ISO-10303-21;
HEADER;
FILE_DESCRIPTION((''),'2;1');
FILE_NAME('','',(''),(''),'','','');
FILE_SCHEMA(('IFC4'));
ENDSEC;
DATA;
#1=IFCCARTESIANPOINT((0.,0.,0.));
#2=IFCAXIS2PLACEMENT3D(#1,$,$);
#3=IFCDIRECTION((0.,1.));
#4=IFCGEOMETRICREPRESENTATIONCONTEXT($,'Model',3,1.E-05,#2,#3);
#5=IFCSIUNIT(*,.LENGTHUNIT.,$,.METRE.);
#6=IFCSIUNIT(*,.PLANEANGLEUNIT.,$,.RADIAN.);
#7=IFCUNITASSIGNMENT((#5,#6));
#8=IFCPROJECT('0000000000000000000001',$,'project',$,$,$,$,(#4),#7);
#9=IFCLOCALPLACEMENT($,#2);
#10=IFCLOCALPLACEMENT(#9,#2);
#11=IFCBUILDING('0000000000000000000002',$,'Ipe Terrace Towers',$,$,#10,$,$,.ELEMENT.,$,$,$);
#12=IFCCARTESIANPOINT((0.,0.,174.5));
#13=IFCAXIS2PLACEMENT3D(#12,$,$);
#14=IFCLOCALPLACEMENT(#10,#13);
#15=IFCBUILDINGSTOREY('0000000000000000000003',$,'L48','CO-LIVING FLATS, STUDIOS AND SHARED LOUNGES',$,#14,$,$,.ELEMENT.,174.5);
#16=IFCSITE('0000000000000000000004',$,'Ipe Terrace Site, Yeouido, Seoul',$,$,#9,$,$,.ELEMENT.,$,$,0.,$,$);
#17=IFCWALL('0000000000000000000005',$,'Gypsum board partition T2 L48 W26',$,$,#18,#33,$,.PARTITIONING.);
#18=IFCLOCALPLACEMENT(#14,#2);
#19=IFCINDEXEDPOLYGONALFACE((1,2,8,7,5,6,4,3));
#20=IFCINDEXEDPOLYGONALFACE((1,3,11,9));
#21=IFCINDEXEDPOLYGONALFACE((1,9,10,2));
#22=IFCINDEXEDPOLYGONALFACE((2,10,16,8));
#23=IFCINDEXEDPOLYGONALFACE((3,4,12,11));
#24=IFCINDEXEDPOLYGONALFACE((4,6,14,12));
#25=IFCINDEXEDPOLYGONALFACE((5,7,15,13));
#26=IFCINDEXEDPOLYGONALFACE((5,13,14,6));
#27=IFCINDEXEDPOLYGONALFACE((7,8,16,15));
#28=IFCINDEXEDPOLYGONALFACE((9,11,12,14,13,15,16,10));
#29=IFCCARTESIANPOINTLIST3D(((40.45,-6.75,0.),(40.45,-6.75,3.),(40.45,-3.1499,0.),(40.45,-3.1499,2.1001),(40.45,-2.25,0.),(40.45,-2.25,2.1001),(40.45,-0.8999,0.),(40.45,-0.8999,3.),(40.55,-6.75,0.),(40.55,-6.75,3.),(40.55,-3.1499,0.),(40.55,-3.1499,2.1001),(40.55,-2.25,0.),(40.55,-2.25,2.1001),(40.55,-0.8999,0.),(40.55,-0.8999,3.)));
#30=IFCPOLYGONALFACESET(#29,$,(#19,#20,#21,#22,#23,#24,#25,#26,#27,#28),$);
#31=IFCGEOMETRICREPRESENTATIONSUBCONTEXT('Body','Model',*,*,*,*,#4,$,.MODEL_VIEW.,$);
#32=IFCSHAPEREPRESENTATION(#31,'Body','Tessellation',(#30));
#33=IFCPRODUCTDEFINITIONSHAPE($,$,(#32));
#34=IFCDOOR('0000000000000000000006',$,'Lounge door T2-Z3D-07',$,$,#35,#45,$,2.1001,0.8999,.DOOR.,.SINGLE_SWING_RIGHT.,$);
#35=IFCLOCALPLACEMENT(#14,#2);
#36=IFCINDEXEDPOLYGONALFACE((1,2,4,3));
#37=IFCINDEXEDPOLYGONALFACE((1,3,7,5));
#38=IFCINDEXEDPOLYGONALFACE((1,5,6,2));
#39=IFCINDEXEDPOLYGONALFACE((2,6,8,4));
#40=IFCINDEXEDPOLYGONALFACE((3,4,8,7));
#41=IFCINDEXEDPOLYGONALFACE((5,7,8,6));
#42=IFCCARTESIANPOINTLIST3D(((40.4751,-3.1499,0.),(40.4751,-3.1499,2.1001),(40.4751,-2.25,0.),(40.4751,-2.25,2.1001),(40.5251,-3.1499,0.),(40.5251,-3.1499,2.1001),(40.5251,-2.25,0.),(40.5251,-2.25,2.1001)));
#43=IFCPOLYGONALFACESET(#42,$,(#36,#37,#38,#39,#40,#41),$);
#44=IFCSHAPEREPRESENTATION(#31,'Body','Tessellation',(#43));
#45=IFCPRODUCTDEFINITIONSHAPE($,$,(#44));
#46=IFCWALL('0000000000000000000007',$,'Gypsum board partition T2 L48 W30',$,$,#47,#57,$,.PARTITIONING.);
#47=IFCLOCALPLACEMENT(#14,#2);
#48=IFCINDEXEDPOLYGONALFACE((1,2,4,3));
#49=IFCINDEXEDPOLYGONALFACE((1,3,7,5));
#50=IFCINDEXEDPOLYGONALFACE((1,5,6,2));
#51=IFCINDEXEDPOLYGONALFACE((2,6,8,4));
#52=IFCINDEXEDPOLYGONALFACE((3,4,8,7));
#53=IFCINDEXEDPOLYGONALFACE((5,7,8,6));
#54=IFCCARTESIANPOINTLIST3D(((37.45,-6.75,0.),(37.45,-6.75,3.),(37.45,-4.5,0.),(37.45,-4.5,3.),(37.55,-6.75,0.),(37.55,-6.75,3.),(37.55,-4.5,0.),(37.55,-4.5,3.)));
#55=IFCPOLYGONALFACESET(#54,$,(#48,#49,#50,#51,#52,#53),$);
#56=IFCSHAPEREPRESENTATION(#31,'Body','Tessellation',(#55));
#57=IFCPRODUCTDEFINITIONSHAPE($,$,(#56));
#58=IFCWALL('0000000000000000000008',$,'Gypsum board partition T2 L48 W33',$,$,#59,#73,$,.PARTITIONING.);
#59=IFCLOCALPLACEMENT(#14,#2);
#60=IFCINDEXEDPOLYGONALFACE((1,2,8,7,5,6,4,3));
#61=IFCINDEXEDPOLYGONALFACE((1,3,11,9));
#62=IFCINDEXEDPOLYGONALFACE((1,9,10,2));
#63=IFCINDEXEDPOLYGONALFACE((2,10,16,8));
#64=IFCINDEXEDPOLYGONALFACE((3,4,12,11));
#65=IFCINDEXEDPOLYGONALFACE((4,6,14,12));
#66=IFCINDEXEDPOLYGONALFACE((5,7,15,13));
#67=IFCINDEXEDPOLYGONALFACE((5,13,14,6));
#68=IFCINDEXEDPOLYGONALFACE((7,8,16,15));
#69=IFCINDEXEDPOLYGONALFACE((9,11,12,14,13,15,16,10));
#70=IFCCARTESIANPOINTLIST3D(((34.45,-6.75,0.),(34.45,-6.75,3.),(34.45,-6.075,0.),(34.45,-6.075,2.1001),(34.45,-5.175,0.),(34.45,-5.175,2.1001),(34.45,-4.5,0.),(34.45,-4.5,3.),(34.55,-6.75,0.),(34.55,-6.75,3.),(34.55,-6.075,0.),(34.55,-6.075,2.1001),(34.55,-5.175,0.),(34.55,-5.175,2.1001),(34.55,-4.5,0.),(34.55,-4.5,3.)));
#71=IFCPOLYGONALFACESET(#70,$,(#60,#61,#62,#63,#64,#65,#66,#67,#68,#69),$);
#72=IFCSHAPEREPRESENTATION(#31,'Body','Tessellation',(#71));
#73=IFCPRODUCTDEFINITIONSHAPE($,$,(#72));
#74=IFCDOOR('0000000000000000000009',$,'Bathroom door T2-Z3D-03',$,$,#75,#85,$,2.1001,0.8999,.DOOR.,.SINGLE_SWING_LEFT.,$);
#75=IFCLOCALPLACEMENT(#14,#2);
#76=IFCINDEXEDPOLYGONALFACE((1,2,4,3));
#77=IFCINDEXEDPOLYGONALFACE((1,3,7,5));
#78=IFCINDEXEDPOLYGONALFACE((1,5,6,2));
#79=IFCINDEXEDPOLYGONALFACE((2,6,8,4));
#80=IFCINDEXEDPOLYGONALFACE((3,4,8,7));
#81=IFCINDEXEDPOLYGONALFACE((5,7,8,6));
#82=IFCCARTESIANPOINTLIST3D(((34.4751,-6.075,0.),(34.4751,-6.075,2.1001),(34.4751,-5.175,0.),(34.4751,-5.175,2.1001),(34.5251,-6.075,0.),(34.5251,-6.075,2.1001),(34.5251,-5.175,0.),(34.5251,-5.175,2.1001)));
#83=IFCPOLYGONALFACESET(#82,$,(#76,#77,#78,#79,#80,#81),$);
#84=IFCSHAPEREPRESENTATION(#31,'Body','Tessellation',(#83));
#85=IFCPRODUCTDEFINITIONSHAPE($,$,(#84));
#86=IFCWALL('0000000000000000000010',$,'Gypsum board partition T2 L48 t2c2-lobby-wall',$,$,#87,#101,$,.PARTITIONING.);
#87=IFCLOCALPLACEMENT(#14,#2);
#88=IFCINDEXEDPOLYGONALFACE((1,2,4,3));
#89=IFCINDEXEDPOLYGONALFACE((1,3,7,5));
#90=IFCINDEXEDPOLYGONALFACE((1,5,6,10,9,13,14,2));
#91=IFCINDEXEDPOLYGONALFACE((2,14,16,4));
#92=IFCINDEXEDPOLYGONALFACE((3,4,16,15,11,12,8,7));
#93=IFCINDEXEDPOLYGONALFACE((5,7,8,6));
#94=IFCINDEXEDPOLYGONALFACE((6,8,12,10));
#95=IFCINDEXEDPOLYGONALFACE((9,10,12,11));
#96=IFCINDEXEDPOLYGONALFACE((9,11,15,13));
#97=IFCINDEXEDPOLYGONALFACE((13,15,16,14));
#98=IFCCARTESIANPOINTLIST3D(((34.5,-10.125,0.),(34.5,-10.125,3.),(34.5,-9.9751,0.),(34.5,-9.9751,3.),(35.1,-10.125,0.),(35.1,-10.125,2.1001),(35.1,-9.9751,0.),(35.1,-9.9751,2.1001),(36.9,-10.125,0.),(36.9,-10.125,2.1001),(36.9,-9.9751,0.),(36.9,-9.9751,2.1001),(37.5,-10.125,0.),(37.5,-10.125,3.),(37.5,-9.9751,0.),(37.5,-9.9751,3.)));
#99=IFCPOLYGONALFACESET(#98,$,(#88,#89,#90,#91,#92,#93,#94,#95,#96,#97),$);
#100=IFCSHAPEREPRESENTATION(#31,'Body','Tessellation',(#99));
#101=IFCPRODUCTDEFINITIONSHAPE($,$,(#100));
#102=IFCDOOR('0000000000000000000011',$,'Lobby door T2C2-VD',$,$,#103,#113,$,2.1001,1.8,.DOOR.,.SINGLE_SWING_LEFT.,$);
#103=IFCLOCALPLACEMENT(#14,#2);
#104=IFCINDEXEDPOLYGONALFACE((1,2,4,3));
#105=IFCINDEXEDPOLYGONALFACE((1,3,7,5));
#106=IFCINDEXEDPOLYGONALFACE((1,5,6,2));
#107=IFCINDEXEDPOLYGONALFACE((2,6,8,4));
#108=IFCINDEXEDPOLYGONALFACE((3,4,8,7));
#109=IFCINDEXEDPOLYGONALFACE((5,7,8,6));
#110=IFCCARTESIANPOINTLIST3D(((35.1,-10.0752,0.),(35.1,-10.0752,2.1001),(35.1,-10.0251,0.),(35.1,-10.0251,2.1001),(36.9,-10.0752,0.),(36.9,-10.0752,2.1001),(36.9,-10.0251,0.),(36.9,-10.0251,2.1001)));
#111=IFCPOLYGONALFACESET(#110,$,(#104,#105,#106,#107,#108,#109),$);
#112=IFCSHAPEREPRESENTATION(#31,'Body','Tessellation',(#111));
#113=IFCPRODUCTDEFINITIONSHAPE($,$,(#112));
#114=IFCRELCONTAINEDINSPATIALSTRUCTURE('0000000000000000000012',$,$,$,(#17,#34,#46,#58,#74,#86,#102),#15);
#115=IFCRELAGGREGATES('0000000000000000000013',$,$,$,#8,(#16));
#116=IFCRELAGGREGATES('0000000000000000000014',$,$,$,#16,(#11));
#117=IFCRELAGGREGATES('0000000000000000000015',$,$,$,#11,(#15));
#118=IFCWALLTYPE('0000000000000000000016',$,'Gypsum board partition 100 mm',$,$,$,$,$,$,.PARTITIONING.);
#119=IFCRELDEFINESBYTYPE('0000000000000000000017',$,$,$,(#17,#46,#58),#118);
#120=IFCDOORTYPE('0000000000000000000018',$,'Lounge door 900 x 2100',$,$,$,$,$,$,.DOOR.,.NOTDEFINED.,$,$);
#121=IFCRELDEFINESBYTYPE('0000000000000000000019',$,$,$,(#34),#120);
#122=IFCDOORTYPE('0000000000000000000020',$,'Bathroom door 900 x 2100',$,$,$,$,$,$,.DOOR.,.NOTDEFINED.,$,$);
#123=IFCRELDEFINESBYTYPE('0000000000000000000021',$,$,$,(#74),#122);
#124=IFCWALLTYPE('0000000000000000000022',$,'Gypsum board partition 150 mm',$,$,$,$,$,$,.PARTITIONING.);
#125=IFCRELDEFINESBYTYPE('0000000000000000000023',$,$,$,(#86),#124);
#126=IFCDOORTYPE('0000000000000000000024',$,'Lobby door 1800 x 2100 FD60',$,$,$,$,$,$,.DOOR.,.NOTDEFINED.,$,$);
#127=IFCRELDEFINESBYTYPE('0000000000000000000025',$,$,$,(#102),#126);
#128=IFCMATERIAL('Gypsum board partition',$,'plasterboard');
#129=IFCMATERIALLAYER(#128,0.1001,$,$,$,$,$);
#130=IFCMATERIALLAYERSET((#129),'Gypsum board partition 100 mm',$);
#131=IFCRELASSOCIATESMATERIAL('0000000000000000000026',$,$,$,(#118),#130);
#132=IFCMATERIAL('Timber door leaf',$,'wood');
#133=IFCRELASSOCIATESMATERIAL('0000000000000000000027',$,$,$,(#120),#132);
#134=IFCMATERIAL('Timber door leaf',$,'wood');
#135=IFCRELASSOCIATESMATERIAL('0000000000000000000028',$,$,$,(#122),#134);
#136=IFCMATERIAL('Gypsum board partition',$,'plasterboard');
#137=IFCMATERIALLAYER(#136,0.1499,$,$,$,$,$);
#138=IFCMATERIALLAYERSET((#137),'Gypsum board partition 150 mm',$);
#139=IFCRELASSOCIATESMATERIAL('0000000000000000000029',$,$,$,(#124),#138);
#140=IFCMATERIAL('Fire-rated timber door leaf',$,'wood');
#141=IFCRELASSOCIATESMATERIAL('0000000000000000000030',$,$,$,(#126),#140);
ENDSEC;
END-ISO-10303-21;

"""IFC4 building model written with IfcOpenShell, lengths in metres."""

from ifc_helpers import new_model, si_unit, direction, frame, frame_2d, origin, place, context, subcontext, project, spatial, rectangle, extrude, material, layer, layer_set, type_object, element, fill, save


model = new_model("IFC4")

# Units and contexts
model_context = context("Model", 3, precision=1e-05, world=origin(), true_north=direction((0.0, 1.0)))
body_context = subcontext(model_context, "Body", "Model", "MODEL_VIEW")
ifc_project = project(units=[si_unit("LENGTHUNIT", "METRE"), si_unit("PLANEANGLEUNIT", "RADIAN")], contexts=[model_context])

# Site, building, storey
site_placement = place(None, origin())
site = spatial("IfcSite", under=ifc_project, at=site_placement, Name="Ipe Terrace Site, Yeouido, Seoul", CompositionType="ELEMENT", RefElevation=0.0)
building_placement = place(site_placement, origin())
building = spatial("IfcBuilding", under=site, at=building_placement, Name="Ipe Terrace Towers", CompositionType="ELEMENT")
storey_placement = place(building_placement, frame((0.0, 0.0, 174.5)))
storey = spatial("IfcBuildingStorey", under=building, at=storey_placement, Name="L48", Description="CO-LIVING FLATS, STUDIOS AND SHARED LOUNGES", CompositionType="ELEMENT", Elevation=174.5)

# Wall, opening, door
ifc_material_1 = material(Name="Gypsum board partition", Category="plasterboard")
ifc_layer_1 = layer(ifc_material_1, 0.1001)
ifc_layer_set_1 = layer_set([ifc_layer_1], Name="Gypsum board partition 100 mm")
wall_type_1 = type_object("IfcWallType", Name="Gypsum board partition 100 mm", PredefinedType="PARTITIONING", material=ifc_layer_set_1)
wall_1_placement = place(storey_placement, frame((40.5, -6.75, 0.0), z_axis=(0.0, 0.0, 1.0), x_axis=(0.0, 1.0, 0.0)))
wall_1 = element("IfcWall", 1, at=wall_1_placement, inside=storey, type_object=wall_type_1, Name="Gypsum board partition T2 L48 W26", PredefinedType="PARTITIONING", context=body_context, shape_type="SweptSolid", body=[
    extrude(rectangle(XDim=5.8501, YDim=0.1001, at=frame_2d((2.925, 0.0))), origin(), (0.0, 0.0, 1.0), 3.0),
])
opening_1_placement = place(wall_1_placement, frame((3.6001, 0.0, 0.0)))
opening_1 = element("IfcOpeningElement", 2, at=opening_1_placement, cuts=wall_1, PredefinedType="OPENING", context=body_context, shape_type="SweptSolid", body=[
    extrude(rectangle(XDim=0.8999, YDim=2.1001, at=frame_2d((0.45, 1.05))), frame((0.0, 0.0601, 0.0), z_axis=(0.0, -1.0, 0.0), x_axis=(1.0, 0.0, 0.0)), (0.0, 0.0, 1.0), 0.1201),
])
ifc_material_2 = material(Name="Timber door leaf", Category="wood")
door_type_1 = type_object("IfcDoorType", Name="Lounge door 900 x 2100", OperationType="NOTDEFINED", PredefinedType="DOOR", material=ifc_material_2)
door_1_placement = place(opening_1_placement, origin())
door_1 = element("IfcDoor", 3, at=door_1_placement, inside=storey, type_object=door_type_1, Name="Lounge door T2-Z3D-07", OperationType="SINGLE_SWING_RIGHT", OverallHeight=2.1001, OverallWidth=0.8999, PredefinedType="DOOR", context=body_context, shape_type="SweptSolid", body=[
    extrude(rectangle(XDim=0.8999, YDim=2.1001, at=frame_2d((0.45, 1.05))), frame((0.0, 0.0249, 0.0), z_axis=(0.0, -1.0, 0.0), x_axis=(1.0, 0.0, 0.0)), (0.0, 0.0, 1.0), 0.05),
])
fill(opening_1, door_1)

# Wall
wall_2_placement = place(storey_placement, frame((37.5, -6.75, 0.0), z_axis=(0.0, 0.0, 1.0), x_axis=(0.0, 1.0, 0.0)))
element("IfcWall", 4, at=wall_2_placement, inside=storey, type_object=wall_type_1, Name="Gypsum board partition T2 L48 W30", PredefinedType="PARTITIONING", context=body_context, shape_type="SweptSolid", body=[
    extrude(rectangle(XDim=2.25, YDim=0.1001, at=frame_2d((1.125, 0.0))), origin(), (0.0, 0.0, 1.0), 3.0),
])

# Walls, openings, doors
wall_3_placement = place(storey_placement, frame((34.5, -6.75, 0.0), z_axis=(0.0, 0.0, 1.0), x_axis=(0.0, 1.0, 0.0)))
wall_3 = element("IfcWall", 5, at=wall_3_placement, inside=storey, type_object=wall_type_1, Name="Gypsum board partition T2 L48 W33", PredefinedType="PARTITIONING", context=body_context, shape_type="SweptSolid", body=[
    extrude(rectangle(XDim=2.25, YDim=0.1001, at=frame_2d((1.125, 0.0))), origin(), (0.0, 0.0, 1.0), 3.0),
])
opening_2_placement = place(wall_3_placement, frame((0.675, 0.0, 0.0)))
opening_2 = element("IfcOpeningElement", 6, at=opening_2_placement, cuts=wall_3, PredefinedType="OPENING", context=body_context, shape_type="SweptSolid", body=[
    extrude(rectangle(XDim=0.8999, YDim=2.1001, at=frame_2d((0.45, 1.05))), frame((0.0, 0.0601, 0.0), z_axis=(0.0, -1.0, 0.0), x_axis=(1.0, 0.0, 0.0)), (0.0, 0.0, 1.0), 0.1201),
])
ifc_material_3 = material(Name="Timber door leaf", Category="wood")
door_type_2 = type_object("IfcDoorType", Name="Bathroom door 900 x 2100", OperationType="NOTDEFINED", PredefinedType="DOOR", material=ifc_material_3)
door_2_placement = place(opening_2_placement, origin())
door_2 = element("IfcDoor", 7, at=door_2_placement, inside=storey, type_object=door_type_2, Name="Bathroom door T2-Z3D-03", OperationType="SINGLE_SWING_LEFT", OverallHeight=2.1001, OverallWidth=0.8999, PredefinedType="DOOR", context=body_context, shape_type="SweptSolid", body=[
    extrude(rectangle(XDim=0.8999, YDim=2.1001, at=frame_2d((0.45, 1.05))), frame((0.0, 0.0249, 0.0), z_axis=(0.0, -1.0, 0.0), x_axis=(1.0, 0.0, 0.0)), (0.0, 0.0, 1.0), 0.05),
])
fill(opening_2, door_2)
ifc_material_4 = material(Name="Gypsum board partition", Category="plasterboard")
ifc_layer_2 = layer(ifc_material_4, 0.1499)
ifc_layer_set_2 = layer_set([ifc_layer_2], Name="Gypsum board partition 150 mm")
wall_type_2 = type_object("IfcWallType", Name="Gypsum board partition 150 mm", PredefinedType="PARTITIONING", material=ifc_layer_set_2)
wall_4_placement = place(storey_placement, frame((34.5, -10.05, 0.0), z_axis=(0.0, 0.0, 1.0), x_axis=(1.0, 0.0, 0.0)))
wall_4 = element("IfcWall", 8, at=wall_4_placement, inside=storey, type_object=wall_type_2, Name="Gypsum board partition T2 L48 t2c2-lobby-wall", PredefinedType="PARTITIONING", context=body_context, shape_type="SweptSolid", body=[
    extrude(rectangle(XDim=3.0, YDim=0.1499, at=frame_2d((1.5, 0.0))), origin(), (0.0, 0.0, 1.0), 3.0),
])
opening_3_placement = place(wall_4_placement, frame((0.6001, 0.0, 0.0)))
opening_3 = element("IfcOpeningElement", 9, at=opening_3_placement, cuts=wall_4, PredefinedType="OPENING", context=body_context, shape_type="SweptSolid", body=[
    extrude(rectangle(XDim=1.8, YDim=2.1001, at=frame_2d((0.8999, 1.05))), frame((0.0, 0.085, 0.0), z_axis=(0.0, -1.0, 0.0), x_axis=(1.0, 0.0, 0.0)), (0.0, 0.0, 1.0), 0.1699),
])
ifc_material_5 = material(Name="Fire-rated timber door leaf", Category="wood")
door_type_3 = type_object("IfcDoorType", Name="Lobby door 1800 x 2100 FD60", OperationType="NOTDEFINED", PredefinedType="DOOR", material=ifc_material_5)
door_3_placement = place(opening_3_placement, origin())
door_3 = element("IfcDoor", 10, at=door_3_placement, inside=storey, type_object=door_type_3, Name="Lobby door T2C2-VD", OperationType="SINGLE_SWING_LEFT", OverallHeight=2.1001, OverallWidth=1.8, PredefinedType="DOOR", context=body_context, shape_type="SweptSolid", body=[
    extrude(rectangle(XDim=1.8, YDim=2.1001, at=frame_2d((0.8999, 1.05))), frame((0.0, 0.0249, 0.0), z_axis=(0.0, -1.0, 0.0), x_axis=(1.0, 0.0, 0.0)), (0.0, 0.0, 1.0), 0.05),
])
fill(opening_3, door_3)

save(model, "model.ifc")
